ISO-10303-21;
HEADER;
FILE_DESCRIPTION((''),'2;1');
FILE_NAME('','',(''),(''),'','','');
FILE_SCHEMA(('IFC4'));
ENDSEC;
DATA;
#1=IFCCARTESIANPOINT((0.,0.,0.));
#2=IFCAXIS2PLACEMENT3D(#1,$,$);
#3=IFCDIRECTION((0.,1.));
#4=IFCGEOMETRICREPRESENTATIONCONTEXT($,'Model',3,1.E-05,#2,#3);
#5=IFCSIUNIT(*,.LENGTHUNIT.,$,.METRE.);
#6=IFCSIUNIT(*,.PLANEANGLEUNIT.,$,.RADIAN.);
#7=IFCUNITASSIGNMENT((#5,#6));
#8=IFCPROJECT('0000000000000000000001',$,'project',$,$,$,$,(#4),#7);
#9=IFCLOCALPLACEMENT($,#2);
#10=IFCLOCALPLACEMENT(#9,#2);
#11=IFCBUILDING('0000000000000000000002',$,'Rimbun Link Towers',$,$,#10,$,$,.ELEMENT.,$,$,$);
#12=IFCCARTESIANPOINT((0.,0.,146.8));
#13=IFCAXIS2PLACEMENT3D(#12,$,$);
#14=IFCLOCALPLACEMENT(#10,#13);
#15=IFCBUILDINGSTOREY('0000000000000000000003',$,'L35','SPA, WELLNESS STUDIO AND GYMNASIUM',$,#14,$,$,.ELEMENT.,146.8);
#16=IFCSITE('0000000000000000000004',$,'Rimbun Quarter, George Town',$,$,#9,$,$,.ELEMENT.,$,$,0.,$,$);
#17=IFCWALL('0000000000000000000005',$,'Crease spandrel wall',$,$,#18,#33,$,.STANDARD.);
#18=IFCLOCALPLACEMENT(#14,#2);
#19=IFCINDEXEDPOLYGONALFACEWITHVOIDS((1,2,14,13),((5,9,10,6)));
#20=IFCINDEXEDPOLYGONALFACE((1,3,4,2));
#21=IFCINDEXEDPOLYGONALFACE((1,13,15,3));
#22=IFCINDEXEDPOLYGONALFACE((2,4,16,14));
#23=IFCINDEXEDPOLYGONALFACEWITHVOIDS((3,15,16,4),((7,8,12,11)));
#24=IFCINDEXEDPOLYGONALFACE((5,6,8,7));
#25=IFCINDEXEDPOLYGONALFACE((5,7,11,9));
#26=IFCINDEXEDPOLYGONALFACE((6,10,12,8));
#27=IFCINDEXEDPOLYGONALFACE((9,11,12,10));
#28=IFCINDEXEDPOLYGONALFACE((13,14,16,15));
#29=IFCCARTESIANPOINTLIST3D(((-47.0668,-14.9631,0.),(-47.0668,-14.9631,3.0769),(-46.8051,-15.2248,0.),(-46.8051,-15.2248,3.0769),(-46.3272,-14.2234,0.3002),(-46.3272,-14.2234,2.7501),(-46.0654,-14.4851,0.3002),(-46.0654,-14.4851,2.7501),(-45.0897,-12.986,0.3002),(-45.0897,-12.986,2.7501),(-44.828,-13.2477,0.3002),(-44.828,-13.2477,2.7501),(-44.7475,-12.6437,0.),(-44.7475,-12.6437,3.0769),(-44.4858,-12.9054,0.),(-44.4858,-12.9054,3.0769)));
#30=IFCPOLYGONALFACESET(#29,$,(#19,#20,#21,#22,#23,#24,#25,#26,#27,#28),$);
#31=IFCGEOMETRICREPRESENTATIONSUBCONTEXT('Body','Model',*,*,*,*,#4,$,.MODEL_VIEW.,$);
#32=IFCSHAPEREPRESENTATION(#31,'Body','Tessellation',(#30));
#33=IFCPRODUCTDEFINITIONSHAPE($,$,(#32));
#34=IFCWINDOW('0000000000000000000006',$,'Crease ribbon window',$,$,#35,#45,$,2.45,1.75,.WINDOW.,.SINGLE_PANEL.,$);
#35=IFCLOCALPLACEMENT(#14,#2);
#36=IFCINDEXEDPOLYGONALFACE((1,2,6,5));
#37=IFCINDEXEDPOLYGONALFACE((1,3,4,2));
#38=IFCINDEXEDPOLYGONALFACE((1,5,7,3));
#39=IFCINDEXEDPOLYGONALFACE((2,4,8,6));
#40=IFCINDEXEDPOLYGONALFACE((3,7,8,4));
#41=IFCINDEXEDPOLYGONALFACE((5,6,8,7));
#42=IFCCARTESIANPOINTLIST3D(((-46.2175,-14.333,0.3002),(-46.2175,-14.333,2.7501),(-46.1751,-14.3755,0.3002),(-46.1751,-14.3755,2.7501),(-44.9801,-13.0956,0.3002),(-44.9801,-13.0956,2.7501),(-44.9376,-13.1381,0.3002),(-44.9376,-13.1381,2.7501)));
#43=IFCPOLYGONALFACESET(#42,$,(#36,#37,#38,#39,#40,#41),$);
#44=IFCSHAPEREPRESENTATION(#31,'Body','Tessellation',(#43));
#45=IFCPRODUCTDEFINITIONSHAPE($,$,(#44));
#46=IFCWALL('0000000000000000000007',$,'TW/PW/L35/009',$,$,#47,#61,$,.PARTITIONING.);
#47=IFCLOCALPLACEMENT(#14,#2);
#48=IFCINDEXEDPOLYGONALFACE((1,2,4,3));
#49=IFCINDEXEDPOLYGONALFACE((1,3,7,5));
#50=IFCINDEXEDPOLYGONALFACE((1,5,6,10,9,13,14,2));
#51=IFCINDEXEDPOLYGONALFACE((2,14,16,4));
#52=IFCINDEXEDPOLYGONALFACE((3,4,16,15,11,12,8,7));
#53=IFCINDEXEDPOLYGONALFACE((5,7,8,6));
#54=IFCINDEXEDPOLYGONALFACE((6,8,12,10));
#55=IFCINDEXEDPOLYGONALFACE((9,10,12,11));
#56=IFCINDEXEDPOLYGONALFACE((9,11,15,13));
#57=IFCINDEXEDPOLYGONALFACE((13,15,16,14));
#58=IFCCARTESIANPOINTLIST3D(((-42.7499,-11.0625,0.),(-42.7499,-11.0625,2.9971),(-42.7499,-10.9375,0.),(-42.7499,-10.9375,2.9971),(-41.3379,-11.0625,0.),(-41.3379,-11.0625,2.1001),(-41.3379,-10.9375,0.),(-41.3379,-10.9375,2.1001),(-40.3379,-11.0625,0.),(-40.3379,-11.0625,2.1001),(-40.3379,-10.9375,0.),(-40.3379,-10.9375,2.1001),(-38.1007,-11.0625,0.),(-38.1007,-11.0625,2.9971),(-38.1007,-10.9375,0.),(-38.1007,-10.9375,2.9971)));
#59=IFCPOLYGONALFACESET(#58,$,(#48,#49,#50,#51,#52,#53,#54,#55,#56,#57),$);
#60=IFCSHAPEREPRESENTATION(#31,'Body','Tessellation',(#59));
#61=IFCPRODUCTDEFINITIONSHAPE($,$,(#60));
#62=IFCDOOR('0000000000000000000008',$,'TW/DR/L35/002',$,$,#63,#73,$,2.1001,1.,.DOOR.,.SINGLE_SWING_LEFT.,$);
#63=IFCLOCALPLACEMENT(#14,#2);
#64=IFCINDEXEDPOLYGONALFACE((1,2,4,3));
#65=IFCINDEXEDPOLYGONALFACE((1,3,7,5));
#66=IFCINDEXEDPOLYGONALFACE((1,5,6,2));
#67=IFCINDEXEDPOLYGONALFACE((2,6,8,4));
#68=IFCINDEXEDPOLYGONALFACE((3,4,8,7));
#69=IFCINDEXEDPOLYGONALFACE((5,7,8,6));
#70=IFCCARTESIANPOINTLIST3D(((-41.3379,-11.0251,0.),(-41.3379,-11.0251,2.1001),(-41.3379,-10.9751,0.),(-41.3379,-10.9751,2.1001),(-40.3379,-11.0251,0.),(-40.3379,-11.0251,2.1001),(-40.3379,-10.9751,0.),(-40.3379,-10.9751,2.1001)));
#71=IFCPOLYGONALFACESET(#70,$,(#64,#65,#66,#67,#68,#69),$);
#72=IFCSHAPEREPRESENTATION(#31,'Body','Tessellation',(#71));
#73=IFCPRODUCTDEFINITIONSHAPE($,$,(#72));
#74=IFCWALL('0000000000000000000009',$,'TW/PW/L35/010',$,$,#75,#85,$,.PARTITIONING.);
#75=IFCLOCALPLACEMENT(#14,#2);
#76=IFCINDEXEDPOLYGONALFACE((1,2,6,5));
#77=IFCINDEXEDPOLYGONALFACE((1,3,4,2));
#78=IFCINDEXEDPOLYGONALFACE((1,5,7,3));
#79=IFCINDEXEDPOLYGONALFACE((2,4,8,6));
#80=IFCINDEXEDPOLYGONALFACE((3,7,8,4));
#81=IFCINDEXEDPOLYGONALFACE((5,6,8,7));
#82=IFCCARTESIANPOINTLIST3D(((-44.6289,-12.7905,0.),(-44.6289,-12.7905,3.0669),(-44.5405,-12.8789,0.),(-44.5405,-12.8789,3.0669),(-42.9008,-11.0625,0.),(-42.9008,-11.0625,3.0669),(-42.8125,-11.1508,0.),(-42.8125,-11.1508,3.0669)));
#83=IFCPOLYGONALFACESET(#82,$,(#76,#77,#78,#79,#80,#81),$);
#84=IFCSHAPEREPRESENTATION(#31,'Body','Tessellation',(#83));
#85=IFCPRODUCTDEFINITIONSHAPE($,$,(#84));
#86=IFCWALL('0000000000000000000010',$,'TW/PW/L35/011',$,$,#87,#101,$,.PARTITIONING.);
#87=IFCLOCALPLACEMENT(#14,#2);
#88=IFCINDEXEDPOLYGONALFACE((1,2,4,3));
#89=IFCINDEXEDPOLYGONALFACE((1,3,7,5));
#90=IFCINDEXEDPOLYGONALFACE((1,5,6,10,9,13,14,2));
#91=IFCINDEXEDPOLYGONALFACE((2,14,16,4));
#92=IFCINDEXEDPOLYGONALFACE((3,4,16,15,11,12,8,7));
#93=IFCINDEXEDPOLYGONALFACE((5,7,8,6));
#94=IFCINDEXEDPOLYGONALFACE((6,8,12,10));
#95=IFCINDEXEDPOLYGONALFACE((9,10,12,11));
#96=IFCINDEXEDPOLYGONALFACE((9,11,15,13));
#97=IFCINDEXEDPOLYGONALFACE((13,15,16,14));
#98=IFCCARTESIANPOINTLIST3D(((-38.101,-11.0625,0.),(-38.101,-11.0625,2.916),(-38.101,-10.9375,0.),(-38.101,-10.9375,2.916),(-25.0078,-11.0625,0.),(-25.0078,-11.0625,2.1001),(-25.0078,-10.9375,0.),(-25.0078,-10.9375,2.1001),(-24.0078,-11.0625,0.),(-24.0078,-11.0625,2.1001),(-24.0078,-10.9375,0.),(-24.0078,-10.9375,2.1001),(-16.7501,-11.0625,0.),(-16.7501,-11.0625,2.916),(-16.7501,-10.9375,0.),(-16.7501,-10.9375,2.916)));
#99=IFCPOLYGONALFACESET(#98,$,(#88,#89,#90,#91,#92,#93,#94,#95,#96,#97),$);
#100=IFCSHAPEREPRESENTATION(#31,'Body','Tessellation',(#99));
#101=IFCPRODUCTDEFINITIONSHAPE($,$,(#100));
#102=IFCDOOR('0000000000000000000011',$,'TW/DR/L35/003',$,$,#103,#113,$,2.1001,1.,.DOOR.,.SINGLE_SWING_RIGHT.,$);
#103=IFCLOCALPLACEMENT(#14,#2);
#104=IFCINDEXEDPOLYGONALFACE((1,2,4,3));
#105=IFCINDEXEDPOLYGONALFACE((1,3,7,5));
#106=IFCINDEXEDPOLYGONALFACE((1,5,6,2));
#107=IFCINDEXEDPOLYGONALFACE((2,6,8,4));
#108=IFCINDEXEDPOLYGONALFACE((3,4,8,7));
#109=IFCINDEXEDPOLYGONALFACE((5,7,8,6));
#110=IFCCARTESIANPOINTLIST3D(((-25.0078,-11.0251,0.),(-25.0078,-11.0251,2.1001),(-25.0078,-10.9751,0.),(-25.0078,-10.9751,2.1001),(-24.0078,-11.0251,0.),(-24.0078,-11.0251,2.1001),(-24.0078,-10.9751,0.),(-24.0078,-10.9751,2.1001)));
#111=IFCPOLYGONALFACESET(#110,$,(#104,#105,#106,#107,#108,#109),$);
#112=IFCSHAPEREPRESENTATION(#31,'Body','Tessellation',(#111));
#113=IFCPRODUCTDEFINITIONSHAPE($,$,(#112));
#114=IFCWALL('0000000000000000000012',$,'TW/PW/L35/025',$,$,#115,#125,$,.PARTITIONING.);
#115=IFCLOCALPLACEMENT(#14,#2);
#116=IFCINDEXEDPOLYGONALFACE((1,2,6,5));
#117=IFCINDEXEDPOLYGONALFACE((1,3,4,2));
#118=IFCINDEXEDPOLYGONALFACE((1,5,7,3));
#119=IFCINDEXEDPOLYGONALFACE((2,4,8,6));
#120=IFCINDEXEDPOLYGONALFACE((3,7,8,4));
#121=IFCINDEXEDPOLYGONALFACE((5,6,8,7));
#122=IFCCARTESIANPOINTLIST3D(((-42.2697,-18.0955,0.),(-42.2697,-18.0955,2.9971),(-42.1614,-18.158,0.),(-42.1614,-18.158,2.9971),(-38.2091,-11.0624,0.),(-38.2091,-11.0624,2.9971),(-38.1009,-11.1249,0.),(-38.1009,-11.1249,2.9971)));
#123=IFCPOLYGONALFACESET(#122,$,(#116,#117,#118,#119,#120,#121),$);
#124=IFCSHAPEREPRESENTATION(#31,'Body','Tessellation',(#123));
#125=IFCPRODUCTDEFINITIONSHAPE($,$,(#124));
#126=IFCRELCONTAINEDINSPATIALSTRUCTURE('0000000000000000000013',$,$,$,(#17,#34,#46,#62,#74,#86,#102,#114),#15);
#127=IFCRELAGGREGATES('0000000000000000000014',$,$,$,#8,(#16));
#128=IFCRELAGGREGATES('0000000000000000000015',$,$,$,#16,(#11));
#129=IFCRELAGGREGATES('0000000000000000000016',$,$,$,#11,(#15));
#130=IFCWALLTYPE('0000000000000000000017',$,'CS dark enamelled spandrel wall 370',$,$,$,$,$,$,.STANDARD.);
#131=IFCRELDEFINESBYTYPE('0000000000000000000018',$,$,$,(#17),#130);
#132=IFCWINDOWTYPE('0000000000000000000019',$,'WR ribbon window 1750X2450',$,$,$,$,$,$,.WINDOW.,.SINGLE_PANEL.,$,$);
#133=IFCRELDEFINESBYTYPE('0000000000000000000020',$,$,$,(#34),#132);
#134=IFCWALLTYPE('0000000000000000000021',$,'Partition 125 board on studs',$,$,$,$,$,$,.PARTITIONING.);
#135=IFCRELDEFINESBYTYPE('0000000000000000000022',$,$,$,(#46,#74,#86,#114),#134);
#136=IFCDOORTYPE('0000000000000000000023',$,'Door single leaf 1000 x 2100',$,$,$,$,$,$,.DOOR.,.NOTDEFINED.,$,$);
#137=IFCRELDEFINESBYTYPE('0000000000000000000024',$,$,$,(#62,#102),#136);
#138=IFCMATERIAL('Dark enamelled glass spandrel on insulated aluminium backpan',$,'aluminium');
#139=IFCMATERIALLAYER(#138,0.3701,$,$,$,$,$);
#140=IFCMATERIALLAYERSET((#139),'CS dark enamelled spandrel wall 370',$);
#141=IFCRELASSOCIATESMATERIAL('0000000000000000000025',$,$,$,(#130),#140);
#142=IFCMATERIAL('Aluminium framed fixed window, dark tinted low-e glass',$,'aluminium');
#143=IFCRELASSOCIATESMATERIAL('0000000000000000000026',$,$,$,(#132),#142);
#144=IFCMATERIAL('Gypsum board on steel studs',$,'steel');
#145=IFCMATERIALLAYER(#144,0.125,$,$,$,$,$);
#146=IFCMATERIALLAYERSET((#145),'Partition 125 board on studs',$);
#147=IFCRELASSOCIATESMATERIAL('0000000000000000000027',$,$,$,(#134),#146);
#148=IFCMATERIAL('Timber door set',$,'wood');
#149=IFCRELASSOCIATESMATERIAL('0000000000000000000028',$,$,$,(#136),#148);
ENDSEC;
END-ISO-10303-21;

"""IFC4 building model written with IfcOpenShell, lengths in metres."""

from ifc_helpers import new_model, si_unit, direction, frame, frame_2d, origin, place, context, subcontext, project, spatial, rectangle, extrude, material, layer, layer_set, type_object, element, fill, save


model = new_model("IFC4")

# Units and contexts
model_context = context("Model", 3, precision=1e-05, world=origin(), true_north=direction((0.0, 1.0)))
body_context = subcontext(model_context, "Body", "Model", "MODEL_VIEW")
ifc_project = project(units=[si_unit("LENGTHUNIT", "METRE"), si_unit("PLANEANGLEUNIT", "RADIAN")], contexts=[model_context])

# Site, building, storey
site_placement = place(None, origin())
site = spatial("IfcSite", under=ifc_project, at=site_placement, Name="Rimbun Quarter, George Town", CompositionType="ELEMENT", RefElevation=0.0)
building_placement = place(site_placement, origin())
building = spatial("IfcBuilding", under=site, at=building_placement, Name="Rimbun Link Towers", CompositionType="ELEMENT")
storey_placement = place(building_placement, frame((0.0, 0.0, 146.8)))
storey = spatial("IfcBuildingStorey", under=building, at=storey_placement, Name="L35", Description="SPA, WELLNESS STUDIO AND GYMNASIUM", CompositionType="ELEMENT", Elevation=146.8)

# Wall, opening, window
ifc_material_1 = material(Name="Dark enamelled glass spandrel on insulated aluminium backpan", Category="aluminium")
ifc_layer_1 = layer(ifc_material_1, 0.3701)
ifc_layer_set_1 = layer_set([ifc_layer_1], Name="CS dark enamelled spandrel wall 370")
wall_type_1 = type_object("IfcWallType", Name="CS dark enamelled spandrel wall 370", PredefinedType="STANDARD", material=ifc_layer_set_1)
wall_1_placement = place(storey_placement, frame((-46.936, -15.094, 0.0), z_axis=(0.0, 0.0, 1.0), x_axis=(0.707107, 0.707107, 0.0)))
wall_1 = element("IfcWall", 1, at=wall_1_placement, inside=storey, type_object=wall_type_1, Name="Crease spandrel wall", PredefinedType="STANDARD", context=body_context, shape_type="SweptSolid", body=[
    extrude(rectangle(XDim=3.28, YDim=0.3701, at=frame_2d((1.6401, 0.0))), origin(), (0.0, 0.0, 1.0), 3.0769),
])
opening_1_placement = place(wall_1_placement, frame((1.0461, 0.0, 0.3)))
opening_1 = element("IfcOpeningElement", 2, at=opening_1_placement, cuts=wall_1, PredefinedType="OPENING", context=body_context, shape_type="SweptSolid", body=[
    extrude(rectangle(XDim=1.75, YDim=2.45, at=frame_2d((0.875, 1.2251))), frame((0.0, 0.1951, 0.0), z_axis=(0.0, -1.0, 0.0), x_axis=(1.0, 0.0, 0.0)), (0.0, 0.0, 1.0), 0.3901),
])
ifc_material_2 = material(Name="Aluminium framed fixed window, dark tinted low-e glass", Category="aluminium")
window_type_1 = type_object("IfcWindowType", Name="WR ribbon window 1750X2450", PartitioningType="SINGLE_PANEL", PredefinedType="WINDOW", material=ifc_material_2)
window_1_placement = place(opening_1_placement, origin())
window_1 = element("IfcWindow", 3, at=window_1_placement, inside=storey, type_object=window_type_1, Name="Crease ribbon window", OverallHeight=2.45, OverallWidth=1.75, PartitioningType="SINGLE_PANEL", PredefinedType="WINDOW", context=body_context, shape_type="SweptSolid", body=[
    extrude(rectangle(XDim=1.75, YDim=2.45, at=frame_2d((0.875, 1.2251))), frame((0.0, 0.03, 0.0), z_axis=(0.0, -1.0, 0.0), x_axis=(1.0, 0.0, 0.0)), (0.0, 0.0, 1.0), 0.0601),
])
fill(opening_1, window_1)

# Wall, opening, door
ifc_material_3 = material(Name="Gypsum board on steel studs", Category="steel")
ifc_layer_2 = layer(ifc_material_3, 0.125)
ifc_layer_set_2 = layer_set([ifc_layer_2], Name="Partition 125 board on studs")
wall_type_2 = type_object("IfcWallType", Name="Partition 125 board on studs", PredefinedType="PARTITIONING", material=ifc_layer_set_2)
wall_2_placement = place(storey_placement, frame((-42.75, -11.0, 0.0), z_axis=(0.0, 0.0, 1.0), x_axis=(1.0, 0.0, 0.0)))
wall_2 = element("IfcWall", 4, at=wall_2_placement, inside=storey, type_object=wall_type_2, Name="TW/PW/L35/009", PredefinedType="PARTITIONING", context=body_context, shape_type="SweptSolid", body=[
    extrude(rectangle(XDim=4.6492, YDim=0.125, at=frame_2d((2.3247, 0.0))), origin(), (0.0, 0.0, 1.0), 2.9971),
])
opening_2_placement = place(wall_2_placement, frame((1.4121, 0.0, 0.0)))
opening_2 = element("IfcOpeningElement", 5, at=opening_2_placement, cuts=wall_2, PredefinedType="OPENING", context=body_context, shape_type="SweptSolid", body=[
    extrude(rectangle(XDim=1.0, YDim=2.1001, at=frame_2d((0.5, 1.05))), frame((0.0, 0.0725, 0.0), z_axis=(0.0, -1.0, 0.0), x_axis=(1.0, 0.0, 0.0)), (0.0, 0.0, 1.0), 0.145),
])
ifc_material_4 = material(Name="Timber door set", Category="wood")
door_type = type_object("IfcDoorType", Name="Door single leaf 1000 x 2100", OperationType="NOTDEFINED", PredefinedType="DOOR", material=ifc_material_4)
door_1_placement = place(opening_2_placement, origin())
door_1 = element("IfcDoor", 6, at=door_1_placement, inside=storey, type_object=door_type, Name="TW/DR/L35/002", OperationType="SINGLE_SWING_LEFT", OverallHeight=2.1001, OverallWidth=1.0, PredefinedType="DOOR", context=body_context, shape_type="SweptSolid", body=[
    extrude(rectangle(XDim=1.0, YDim=2.1001, at=frame_2d((0.5, 1.05))), frame((0.0, 0.0249, 0.0), z_axis=(0.0, -1.0, 0.0), x_axis=(1.0, 0.0, 0.0)), (0.0, 0.0, 1.0), 0.05),
])
fill(opening_2, door_1)

# Wall
wall_3_placement = place(storey_placement, frame((-44.5847, -12.8347, 0.0), z_axis=(0.0, 0.0, 1.0), x_axis=(0.707107, 0.707107, 0.0)))
element("IfcWall", 7, at=wall_3_placement, inside=storey, type_object=wall_type_2, Name="TW/PW/L35/010", PredefinedType="PARTITIONING", context=body_context, shape_type="SweptSolid", body=[
    extrude(rectangle(XDim=2.4438, YDim=0.125, at=frame_2d((1.2219, 0.0))), origin(), (0.0, 0.0, 1.0), 3.0669),
])

# Wall, opening, door
wall_4_placement = place(storey_placement, frame((-38.1008, -11.0, 0.0), z_axis=(0.0, 0.0, 1.0), x_axis=(1.0, 0.0, 0.0)))
wall_4 = element("IfcWall", 8, at=wall_4_placement, inside=storey, type_object=wall_type_2, Name="TW/PW/L35/011", PredefinedType="PARTITIONING", context=body_context, shape_type="SweptSolid", body=[
    extrude(rectangle(XDim=21.3508, YDim=0.125, at=frame_2d((10.6753, 0.0))), origin(), (0.0, 0.0, 1.0), 2.916),
])
opening_3_placement = place(wall_4_placement, frame((13.093, 0.0, 0.0)))
opening_3 = element("IfcOpeningElement", 9, at=opening_3_placement, cuts=wall_4, PredefinedType="OPENING", context=body_context, shape_type="SweptSolid", body=[
    extrude(rectangle(XDim=1.0, YDim=2.1001, at=frame_2d((0.5, 1.05))), frame((0.0, 0.0725, 0.0), z_axis=(0.0, -1.0, 0.0), x_axis=(1.0, 0.0, 0.0)), (0.0, 0.0, 1.0), 0.145),
])
door_2_placement = place(opening_3_placement, origin())
door_2 = element("IfcDoor", 10, at=door_2_placement, inside=storey, type_object=door_type, Name="TW/DR/L35/003", OperationType="SINGLE_SWING_RIGHT", OverallHeight=2.1001, OverallWidth=1.0, PredefinedType="DOOR", context=body_context, shape_type="SweptSolid", body=[
    extrude(rectangle(XDim=1.0, YDim=2.1001, at=frame_2d((0.5, 1.05))), frame((0.0, 0.0249, 0.0), z_axis=(0.0, -1.0, 0.0), x_axis=(1.0, 0.0, 0.0)), (0.0, 0.0, 1.0), 0.05),
])
fill(opening_3, door_2)

# Wall
wall_5_placement = place(storey_placement, frame((-42.2156, -18.1267, 0.0), z_axis=(0.0, 0.0, 1.0), x_axis=(0.500006, 0.866022, 0.0)))
element("IfcWall", 11, at=wall_5_placement, inside=storey, type_object=wall_type_2, Name="TW/PW/L35/025", PredefinedType="PARTITIONING", context=body_context, shape_type="SweptSolid", body=[
    extrude(rectangle(XDim=8.1211, YDim=0.125, at=frame_2d((4.0605, 0.0))), origin(), (0.0, 0.0, 1.0), 2.9971),
])

save(model, "model.ifc")
